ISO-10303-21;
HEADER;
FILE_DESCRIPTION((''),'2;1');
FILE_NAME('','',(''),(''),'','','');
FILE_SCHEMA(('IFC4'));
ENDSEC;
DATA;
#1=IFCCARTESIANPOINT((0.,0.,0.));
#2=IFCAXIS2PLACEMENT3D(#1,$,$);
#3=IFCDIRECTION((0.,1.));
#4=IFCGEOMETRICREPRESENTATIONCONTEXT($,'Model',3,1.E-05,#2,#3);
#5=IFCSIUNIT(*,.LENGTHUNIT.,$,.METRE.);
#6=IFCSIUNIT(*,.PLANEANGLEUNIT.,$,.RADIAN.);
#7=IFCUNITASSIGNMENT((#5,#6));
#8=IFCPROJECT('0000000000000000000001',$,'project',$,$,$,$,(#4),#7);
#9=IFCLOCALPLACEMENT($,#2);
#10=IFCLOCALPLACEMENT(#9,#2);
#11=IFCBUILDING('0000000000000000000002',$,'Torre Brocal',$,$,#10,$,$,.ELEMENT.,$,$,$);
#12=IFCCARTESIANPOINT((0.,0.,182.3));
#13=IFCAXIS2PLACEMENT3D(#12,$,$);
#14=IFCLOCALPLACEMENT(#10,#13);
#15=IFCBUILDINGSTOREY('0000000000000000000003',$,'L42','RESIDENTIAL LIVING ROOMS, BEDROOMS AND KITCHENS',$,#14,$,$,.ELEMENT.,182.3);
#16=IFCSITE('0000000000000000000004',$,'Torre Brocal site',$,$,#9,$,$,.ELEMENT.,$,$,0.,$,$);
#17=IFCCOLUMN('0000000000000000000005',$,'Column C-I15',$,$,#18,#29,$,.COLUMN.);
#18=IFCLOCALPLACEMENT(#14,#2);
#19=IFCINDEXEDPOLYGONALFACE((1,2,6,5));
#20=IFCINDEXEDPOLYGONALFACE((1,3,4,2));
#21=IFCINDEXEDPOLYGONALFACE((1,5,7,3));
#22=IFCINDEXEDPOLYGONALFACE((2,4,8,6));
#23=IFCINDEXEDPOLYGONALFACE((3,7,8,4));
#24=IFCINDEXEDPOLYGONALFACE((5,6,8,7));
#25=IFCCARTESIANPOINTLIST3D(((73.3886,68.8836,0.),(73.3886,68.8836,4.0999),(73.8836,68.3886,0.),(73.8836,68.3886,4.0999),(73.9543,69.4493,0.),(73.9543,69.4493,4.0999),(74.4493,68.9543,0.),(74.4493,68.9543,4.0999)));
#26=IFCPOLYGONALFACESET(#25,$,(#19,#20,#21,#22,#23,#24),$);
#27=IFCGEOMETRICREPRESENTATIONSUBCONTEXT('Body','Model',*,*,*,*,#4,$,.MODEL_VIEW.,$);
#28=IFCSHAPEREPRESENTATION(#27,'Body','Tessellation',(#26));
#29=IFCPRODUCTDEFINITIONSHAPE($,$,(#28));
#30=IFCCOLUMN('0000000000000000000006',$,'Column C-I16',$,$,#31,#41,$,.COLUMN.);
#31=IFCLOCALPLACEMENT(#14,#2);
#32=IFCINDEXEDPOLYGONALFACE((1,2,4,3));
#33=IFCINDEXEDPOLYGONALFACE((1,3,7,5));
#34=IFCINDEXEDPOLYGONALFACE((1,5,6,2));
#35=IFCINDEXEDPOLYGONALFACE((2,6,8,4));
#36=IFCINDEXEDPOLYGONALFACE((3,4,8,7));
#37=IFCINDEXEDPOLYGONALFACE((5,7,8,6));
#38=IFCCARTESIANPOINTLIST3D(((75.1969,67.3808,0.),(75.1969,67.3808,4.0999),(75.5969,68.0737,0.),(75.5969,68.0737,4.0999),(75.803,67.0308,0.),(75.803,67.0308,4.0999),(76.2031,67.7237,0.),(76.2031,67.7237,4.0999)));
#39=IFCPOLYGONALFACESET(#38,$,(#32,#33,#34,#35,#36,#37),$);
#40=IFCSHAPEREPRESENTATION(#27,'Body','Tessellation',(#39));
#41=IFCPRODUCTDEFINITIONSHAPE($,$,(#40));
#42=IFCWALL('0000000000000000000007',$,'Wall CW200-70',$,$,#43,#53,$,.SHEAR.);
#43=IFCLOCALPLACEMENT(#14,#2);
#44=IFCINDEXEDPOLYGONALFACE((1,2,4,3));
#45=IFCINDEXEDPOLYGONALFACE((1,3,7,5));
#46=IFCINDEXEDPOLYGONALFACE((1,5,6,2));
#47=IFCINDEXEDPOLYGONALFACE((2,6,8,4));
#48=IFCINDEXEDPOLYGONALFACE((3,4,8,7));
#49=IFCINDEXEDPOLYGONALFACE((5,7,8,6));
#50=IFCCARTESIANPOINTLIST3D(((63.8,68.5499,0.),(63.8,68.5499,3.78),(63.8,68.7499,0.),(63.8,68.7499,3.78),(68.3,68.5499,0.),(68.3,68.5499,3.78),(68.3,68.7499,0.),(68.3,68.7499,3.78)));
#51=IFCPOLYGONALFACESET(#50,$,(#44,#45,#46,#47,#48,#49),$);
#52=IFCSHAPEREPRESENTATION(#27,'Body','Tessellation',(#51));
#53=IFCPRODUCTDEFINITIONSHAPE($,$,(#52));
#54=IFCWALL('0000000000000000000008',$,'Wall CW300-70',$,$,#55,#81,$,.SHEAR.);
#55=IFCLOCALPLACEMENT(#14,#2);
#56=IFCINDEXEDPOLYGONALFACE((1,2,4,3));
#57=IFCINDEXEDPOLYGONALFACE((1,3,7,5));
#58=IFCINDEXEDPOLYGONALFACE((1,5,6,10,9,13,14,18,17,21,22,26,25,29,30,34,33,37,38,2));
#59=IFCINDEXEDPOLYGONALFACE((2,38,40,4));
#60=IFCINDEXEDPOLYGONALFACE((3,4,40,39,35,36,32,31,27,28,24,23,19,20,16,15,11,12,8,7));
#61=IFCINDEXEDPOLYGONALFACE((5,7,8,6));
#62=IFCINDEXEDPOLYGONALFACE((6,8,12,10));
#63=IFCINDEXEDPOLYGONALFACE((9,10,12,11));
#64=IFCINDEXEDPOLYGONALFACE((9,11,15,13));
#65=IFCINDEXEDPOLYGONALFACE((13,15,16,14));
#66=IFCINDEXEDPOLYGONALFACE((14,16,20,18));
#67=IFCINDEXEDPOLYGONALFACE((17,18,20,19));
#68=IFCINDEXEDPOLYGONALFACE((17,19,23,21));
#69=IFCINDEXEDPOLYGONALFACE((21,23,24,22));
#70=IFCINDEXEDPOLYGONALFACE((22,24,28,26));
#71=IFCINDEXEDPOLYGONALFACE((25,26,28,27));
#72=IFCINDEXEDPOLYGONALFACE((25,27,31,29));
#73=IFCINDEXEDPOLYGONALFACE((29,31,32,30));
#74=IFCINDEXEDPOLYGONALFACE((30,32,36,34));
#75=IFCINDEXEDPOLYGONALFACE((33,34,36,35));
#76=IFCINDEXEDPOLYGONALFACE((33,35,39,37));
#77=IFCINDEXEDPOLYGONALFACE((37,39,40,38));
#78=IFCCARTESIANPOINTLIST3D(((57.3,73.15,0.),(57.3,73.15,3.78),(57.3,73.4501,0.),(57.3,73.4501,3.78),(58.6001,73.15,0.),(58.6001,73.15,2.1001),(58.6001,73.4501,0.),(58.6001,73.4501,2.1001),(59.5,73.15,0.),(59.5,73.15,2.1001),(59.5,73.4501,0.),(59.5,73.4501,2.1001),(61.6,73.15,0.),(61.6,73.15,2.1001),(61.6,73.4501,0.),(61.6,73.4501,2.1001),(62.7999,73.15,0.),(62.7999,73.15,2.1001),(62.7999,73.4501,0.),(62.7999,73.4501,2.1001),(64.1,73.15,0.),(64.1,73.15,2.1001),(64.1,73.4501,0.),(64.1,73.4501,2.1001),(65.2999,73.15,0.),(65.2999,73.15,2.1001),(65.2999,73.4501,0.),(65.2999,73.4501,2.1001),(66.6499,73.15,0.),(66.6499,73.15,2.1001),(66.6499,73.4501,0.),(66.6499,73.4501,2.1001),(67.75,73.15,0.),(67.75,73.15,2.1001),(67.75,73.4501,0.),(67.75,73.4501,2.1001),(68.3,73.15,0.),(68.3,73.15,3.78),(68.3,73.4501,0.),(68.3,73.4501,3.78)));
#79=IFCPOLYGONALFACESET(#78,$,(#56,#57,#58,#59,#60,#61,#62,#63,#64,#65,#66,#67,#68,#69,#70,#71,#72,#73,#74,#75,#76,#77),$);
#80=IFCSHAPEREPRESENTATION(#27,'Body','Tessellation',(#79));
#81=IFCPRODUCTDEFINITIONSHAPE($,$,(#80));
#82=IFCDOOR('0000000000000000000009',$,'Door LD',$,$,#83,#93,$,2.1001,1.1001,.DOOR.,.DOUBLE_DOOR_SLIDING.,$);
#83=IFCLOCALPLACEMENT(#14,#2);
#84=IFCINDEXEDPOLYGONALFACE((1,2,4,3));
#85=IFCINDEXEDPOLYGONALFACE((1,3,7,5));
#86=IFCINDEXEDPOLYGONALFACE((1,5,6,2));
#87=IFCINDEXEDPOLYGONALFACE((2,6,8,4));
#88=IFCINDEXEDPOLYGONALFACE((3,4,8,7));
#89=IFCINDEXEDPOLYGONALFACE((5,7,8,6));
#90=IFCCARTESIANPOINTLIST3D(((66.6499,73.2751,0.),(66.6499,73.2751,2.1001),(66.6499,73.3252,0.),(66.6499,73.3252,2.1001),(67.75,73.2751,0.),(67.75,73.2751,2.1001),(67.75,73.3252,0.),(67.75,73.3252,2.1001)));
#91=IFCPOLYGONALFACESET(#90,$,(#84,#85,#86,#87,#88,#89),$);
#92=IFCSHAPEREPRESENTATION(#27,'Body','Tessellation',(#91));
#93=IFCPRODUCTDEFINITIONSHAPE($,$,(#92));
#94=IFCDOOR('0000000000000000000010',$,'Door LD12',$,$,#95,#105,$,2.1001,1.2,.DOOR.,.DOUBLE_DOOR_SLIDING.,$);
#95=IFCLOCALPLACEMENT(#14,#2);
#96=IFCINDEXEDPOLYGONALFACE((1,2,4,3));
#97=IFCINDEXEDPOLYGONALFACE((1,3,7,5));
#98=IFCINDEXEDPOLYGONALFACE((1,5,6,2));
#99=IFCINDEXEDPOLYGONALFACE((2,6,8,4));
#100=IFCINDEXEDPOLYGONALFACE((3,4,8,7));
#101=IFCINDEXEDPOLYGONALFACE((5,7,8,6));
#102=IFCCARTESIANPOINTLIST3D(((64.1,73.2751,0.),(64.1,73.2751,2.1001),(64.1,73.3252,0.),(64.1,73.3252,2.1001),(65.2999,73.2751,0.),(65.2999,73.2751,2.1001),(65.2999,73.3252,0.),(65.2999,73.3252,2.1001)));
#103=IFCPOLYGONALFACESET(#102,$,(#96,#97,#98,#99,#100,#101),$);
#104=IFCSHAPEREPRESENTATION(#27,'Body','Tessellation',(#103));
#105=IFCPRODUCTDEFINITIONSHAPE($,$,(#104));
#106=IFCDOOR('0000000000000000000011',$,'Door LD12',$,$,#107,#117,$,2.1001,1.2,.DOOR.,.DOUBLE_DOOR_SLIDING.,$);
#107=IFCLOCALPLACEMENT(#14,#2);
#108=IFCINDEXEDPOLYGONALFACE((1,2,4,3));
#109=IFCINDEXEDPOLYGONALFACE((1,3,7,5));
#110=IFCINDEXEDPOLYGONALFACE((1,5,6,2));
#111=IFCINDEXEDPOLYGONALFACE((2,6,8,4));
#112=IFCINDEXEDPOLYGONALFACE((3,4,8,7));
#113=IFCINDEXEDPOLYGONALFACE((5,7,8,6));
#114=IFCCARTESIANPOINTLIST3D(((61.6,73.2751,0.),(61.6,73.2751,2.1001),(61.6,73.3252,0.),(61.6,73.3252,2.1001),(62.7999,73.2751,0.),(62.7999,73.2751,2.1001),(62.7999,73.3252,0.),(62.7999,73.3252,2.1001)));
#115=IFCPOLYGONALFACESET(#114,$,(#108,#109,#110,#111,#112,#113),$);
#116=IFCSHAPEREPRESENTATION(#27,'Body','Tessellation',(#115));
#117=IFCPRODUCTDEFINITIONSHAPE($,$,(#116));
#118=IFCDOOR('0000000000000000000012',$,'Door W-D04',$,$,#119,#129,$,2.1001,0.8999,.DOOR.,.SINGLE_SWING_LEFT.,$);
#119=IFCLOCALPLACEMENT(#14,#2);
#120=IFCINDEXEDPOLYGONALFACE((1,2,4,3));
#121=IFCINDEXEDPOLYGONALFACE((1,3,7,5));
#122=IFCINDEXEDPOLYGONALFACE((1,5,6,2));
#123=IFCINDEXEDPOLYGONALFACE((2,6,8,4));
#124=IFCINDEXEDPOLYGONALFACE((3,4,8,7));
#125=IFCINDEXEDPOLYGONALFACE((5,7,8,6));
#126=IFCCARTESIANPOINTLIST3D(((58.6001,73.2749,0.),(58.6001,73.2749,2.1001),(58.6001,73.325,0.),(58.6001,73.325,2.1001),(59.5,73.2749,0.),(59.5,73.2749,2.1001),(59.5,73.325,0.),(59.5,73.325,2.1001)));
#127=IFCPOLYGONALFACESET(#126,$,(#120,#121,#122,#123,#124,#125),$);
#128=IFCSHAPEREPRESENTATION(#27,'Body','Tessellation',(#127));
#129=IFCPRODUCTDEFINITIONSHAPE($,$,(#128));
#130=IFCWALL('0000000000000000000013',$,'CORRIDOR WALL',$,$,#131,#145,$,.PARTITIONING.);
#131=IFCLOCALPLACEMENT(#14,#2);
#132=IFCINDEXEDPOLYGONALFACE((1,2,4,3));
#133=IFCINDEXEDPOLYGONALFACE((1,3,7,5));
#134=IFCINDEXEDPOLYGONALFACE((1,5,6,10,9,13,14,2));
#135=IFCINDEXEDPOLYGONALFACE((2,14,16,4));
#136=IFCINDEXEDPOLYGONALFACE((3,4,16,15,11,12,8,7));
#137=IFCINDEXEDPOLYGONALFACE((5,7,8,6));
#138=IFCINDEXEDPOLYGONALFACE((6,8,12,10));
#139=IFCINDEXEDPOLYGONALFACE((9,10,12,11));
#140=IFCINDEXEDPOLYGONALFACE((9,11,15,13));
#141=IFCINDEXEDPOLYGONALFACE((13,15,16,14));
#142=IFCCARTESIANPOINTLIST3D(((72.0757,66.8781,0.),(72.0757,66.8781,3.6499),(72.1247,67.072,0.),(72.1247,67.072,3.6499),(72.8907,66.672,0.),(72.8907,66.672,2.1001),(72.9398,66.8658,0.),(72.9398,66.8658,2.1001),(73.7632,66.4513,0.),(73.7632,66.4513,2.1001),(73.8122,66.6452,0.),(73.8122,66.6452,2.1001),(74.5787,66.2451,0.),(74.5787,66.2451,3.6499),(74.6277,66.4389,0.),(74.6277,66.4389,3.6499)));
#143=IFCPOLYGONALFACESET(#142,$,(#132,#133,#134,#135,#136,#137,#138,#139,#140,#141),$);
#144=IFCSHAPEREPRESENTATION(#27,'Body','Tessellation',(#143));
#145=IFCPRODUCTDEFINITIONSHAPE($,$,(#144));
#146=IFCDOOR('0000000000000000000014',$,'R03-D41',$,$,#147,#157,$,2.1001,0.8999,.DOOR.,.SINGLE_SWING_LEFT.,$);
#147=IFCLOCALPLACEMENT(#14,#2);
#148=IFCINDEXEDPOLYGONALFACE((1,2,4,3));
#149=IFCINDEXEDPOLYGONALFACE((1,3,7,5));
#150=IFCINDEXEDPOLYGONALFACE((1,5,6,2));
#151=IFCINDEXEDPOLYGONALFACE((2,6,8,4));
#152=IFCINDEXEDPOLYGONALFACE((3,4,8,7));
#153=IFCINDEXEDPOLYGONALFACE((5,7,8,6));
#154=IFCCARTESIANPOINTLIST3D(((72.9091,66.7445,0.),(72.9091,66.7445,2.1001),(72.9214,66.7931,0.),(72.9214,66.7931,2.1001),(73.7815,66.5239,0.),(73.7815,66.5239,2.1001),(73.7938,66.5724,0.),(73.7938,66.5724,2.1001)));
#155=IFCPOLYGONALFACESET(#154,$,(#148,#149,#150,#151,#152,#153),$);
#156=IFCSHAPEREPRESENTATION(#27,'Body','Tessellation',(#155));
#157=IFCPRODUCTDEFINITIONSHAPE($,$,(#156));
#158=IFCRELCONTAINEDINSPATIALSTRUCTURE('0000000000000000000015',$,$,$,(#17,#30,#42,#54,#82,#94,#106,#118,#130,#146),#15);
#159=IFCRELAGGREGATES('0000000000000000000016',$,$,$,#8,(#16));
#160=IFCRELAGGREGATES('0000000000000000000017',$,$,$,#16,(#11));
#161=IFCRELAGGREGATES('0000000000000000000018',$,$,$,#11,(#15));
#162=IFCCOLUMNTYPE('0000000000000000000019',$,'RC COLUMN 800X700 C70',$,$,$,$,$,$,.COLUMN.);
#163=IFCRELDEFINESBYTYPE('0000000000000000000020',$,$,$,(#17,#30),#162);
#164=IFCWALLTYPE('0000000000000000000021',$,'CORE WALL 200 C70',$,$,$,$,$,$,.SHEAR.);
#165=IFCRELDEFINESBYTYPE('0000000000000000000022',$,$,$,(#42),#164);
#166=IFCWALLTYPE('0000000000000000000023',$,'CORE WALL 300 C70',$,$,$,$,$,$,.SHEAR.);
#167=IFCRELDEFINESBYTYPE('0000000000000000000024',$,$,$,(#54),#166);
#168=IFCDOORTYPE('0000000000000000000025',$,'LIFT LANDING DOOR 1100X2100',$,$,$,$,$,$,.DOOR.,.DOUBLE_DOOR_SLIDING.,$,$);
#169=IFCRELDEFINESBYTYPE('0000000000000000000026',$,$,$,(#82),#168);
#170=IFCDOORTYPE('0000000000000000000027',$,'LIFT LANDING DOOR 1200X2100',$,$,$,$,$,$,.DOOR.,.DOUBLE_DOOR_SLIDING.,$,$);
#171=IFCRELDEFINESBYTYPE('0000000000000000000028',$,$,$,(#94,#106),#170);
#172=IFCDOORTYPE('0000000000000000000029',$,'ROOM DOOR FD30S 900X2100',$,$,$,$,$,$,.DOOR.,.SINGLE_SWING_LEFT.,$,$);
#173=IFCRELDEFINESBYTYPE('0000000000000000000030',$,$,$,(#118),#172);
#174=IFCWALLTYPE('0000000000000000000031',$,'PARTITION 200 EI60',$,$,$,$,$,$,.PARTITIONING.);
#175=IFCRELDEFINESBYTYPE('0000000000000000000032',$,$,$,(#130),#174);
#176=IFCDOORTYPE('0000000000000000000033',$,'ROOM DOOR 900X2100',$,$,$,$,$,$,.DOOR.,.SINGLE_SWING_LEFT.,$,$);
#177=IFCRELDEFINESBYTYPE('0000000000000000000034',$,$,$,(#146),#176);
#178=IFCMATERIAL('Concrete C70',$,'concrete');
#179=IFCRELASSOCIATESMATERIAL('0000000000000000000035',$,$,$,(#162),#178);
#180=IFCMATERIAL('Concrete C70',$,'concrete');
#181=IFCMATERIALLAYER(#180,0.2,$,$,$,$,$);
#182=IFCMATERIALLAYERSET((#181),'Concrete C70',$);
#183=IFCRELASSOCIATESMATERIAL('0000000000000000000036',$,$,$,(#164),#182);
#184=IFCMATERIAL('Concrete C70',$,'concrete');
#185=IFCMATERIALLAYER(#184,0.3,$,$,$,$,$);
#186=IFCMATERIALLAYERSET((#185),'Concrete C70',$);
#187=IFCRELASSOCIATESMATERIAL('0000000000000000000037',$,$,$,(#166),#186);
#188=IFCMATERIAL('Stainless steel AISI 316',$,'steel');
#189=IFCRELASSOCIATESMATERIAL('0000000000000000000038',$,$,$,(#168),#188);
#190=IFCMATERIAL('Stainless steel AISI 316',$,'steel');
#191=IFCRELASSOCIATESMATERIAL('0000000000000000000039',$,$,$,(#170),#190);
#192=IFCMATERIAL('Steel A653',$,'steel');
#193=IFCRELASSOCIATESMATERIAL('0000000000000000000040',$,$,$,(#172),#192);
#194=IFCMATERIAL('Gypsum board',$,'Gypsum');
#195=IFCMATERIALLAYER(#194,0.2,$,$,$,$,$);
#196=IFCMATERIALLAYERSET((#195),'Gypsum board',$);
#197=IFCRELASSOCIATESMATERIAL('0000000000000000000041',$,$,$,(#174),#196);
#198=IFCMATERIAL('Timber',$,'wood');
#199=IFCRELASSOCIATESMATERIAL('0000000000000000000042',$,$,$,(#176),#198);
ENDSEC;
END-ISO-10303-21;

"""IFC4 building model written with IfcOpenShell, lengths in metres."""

from ifc_helpers import new_model, si_unit, direction, frame, frame_2d, origin, origin_2d, place, context, subcontext, project, spatial, rectangle, extrude, material, layer, layer_set, material_profile, profile_set, type_object, element, fill, save


model = new_model("IFC4")

# Units and contexts
model_context = context("Model", 3, precision=1e-05, world=origin(), true_north=direction((0.0, 1.0)))
body_context = subcontext(model_context, "Body", "Model", "MODEL_VIEW")
ifc_project = project(units=[si_unit("LENGTHUNIT", "METRE"), si_unit("PLANEANGLEUNIT", "RADIAN")], contexts=[model_context])

# Site, building, storey
site_placement = place(None, origin())
site = spatial("IfcSite", under=ifc_project, at=site_placement, Name="Torre Brocal site", CompositionType="ELEMENT", RefElevation=0.0)
building_placement = place(site_placement, origin())
building = spatial("IfcBuilding", under=site, at=building_placement, Name="Torre Brocal", CompositionType="ELEMENT")
storey_placement = place(building_placement, frame((0.0, 0.0, 182.3)))
storey = spatial("IfcBuildingStorey", under=building, at=storey_placement, Name="L42", Description="RESIDENTIAL LIVING ROOMS, BEDROOMS AND KITCHENS", CompositionType="ELEMENT", Elevation=182.3)

# Columns
ifc_material_1 = material(Name="Concrete C70", Category="concrete")
ifc_material_profile = material_profile(ifc_material_1, rectangle(XDim=0.8, YDim=0.7, at=origin_2d()), Name="RC 800X700")
ifc_profile_set = profile_set([ifc_material_profile], Name="Concrete C70")
column_type = type_object("IfcColumnType", Name="RC COLUMN 800X700 C70", PredefinedType="COLUMN", material=ifc_profile_set)
for number, where, z_axis, x_axis, name in (
    (1, (73.9189, 68.9189, 0.0), (0.0, 0.0, 1.0), (-0.707107, -0.707107, 0.0), "Column C-I15"),
    (2, (75.7, 67.5522, 0.0), (0.0, 0.0, 1.0), (-0.5, -0.866025, 0.0), "Column C-I16"),
):
    element("IfcColumn", number, at=place(storey_placement, frame(where, z_axis=z_axis, x_axis=x_axis)), inside=storey, type_object=column_type, Name=name, PredefinedType="COLUMN", context=body_context, shape_type="SweptSolid", body=[
        extrude(rectangle(XDim=0.8, YDim=0.7, at=origin_2d()), origin(), (0.0, 0.0, 1.0), 4.0999),
    ])

# Wall
ifc_material_2 = material(Name="Concrete C70", Category="concrete")
ifc_layer_1 = layer(ifc_material_2, 0.2)
ifc_layer_set_1 = layer_set([ifc_layer_1], Name="Concrete C70")
wall_type_1 = type_object("IfcWallType", Name="CORE WALL 200 C70", PredefinedType="SHEAR", material=ifc_layer_set_1)
wall_1_placement = place(storey_placement, frame((68.3, 68.6499, 0.0), z_axis=(0.0, 0.0, 1.0), x_axis=(-1.0, 0.0, 0.0)))
element("IfcWall", 3, at=wall_1_placement, inside=storey, type_object=wall_type_1, Name="Wall CW200-70", PredefinedType="SHEAR", context=body_context, shape_type="SweptSolid", body=[
    extrude(rectangle(XDim=4.5, YDim=0.2, at=frame_2d((2.25, 0.0))), origin(), (0.0, 0.0, 1.0), 3.78),
])

# Wall, openings, doors
ifc_material_3 = material(Name="Concrete C70", Category="concrete")
ifc_layer_2 = layer(ifc_material_3, 0.3)
ifc_layer_set_2 = layer_set([ifc_layer_2], Name="Concrete C70")
wall_type_2 = type_object("IfcWallType", Name="CORE WALL 300 C70", PredefinedType="SHEAR", material=ifc_layer_set_2)
wall_2_placement = place(storey_placement, frame((68.3, 73.3, 0.0), z_axis=(0.0, 0.0, 1.0), x_axis=(-1.0, 0.0, 0.0)))
wall_2 = element("IfcWall", 4, at=wall_2_placement, inside=storey, type_object=wall_type_2, Name="Wall CW300-70", PredefinedType="SHEAR", context=body_context, shape_type="SweptSolid", body=[
    extrude(rectangle(XDim=11.0, YDim=0.3, at=frame_2d((5.5, 0.0))), origin(), (0.0, 0.0, 1.0), 3.78),
])
opening_1_placement = place(wall_2_placement, frame((0.55, 0.0, 0.0)))
opening_1 = element("IfcOpeningElement", 5, at=opening_1_placement, cuts=wall_2, PredefinedType="OPENING", context=body_context, shape_type="SweptSolid", body=[
    extrude(rectangle(XDim=1.1001, YDim=2.1001, at=frame_2d((0.55, 1.05))), frame((0.0, 0.1599, 0.0), z_axis=(0.0, -1.0, 0.0), x_axis=(1.0, 0.0, 0.0)), (0.0, 0.0, 1.0), 0.3201),
])
opening_2_placement = place(wall_2_placement, frame((3.0, 0.0, 0.0)))
opening_2 = element("IfcOpeningElement", 6, at=opening_2_placement, cuts=wall_2, PredefinedType="OPENING", context=body_context, shape_type="SweptSolid", body=[
    extrude(rectangle(XDim=1.2, YDim=2.1001, at=frame_2d((0.6001, 1.05))), frame((0.0, 0.1599, 0.0), z_axis=(0.0, -1.0, 0.0), x_axis=(1.0, 0.0, 0.0)), (0.0, 0.0, 1.0), 0.3201),
])
opening_3_placement = place(wall_2_placement, frame((5.5, 0.0, 0.0)))
opening_3 = element("IfcOpeningElement", 7, at=opening_3_placement, cuts=wall_2, PredefinedType="OPENING", context=body_context, shape_type="SweptSolid", body=[
    extrude(rectangle(XDim=1.2, YDim=2.1001, at=frame_2d((0.6001, 1.05))), frame((0.0, 0.1599, 0.0), z_axis=(0.0, -1.0, 0.0), x_axis=(1.0, 0.0, 0.0)), (0.0, 0.0, 1.0), 0.3201),
])
opening_4_placement = place(wall_2_placement, frame((8.8, 0.0, 0.0)))
opening_4 = element("IfcOpeningElement", 8, at=opening_4_placement, cuts=wall_2, PredefinedType="OPENING", context=body_context, shape_type="SweptSolid", body=[
    extrude(rectangle(XDim=0.8999, YDim=2.1001, at=frame_2d((0.45, 1.05))), frame((0.0, 0.1599, 0.0), z_axis=(0.0, -1.0, 0.0), x_axis=(1.0, 0.0, 0.0)), (0.0, 0.0, 1.0), 0.3201),
])
ifc_material_4 = material(Name="Stainless steel AISI 316", Category="steel")
door_type_1 = type_object("IfcDoorType", Name="LIFT LANDING DOOR 1100X2100", OperationType="DOUBLE_DOOR_SLIDING", PredefinedType="DOOR", material=ifc_material_4)
door_1_placement = place(opening_1_placement, origin())
door_1 = element("IfcDoor", 9, at=door_1_placement, inside=storey, type_object=door_type_1, Name="Door LD", OperationType="DOUBLE_DOOR_SLIDING", OverallHeight=2.1001, OverallWidth=1.1001, PredefinedType="DOOR", context=body_context, shape_type="SweptSolid", body=[
    extrude(rectangle(XDim=1.1001, YDim=2.1001, at=frame_2d((0.55, 1.05))), frame((0.0, 0.0249, 0.0), z_axis=(0.0, -1.0, 0.0), x_axis=(1.0, 0.0, 0.0)), (0.0, 0.0, 1.0), 0.05),
])
fill(opening_1, door_1)
ifc_material_5 = material(Name="Stainless steel AISI 316", Category="steel")
door_type_2 = type_object("IfcDoorType", Name="LIFT LANDING DOOR 1200X2100", OperationType="DOUBLE_DOOR_SLIDING", PredefinedType="DOOR", material=ifc_material_5)
door_2_placement = place(opening_2_placement, origin())
door_2 = element("IfcDoor", 10, at=door_2_placement, inside=storey, type_object=door_type_2, Name="Door LD12", OperationType="DOUBLE_DOOR_SLIDING", OverallHeight=2.1001, OverallWidth=1.2, PredefinedType="DOOR", context=body_context, shape_type="SweptSolid", body=[
    extrude(rectangle(XDim=1.2, YDim=2.1001, at=frame_2d((0.6001, 1.05))), frame((0.0, 0.0249, 0.0), z_axis=(0.0, -1.0, 0.0), x_axis=(1.0, 0.0, 0.0)), (0.0, 0.0, 1.0), 0.05),
])
fill(opening_2, door_2)
door_3_placement = place(opening_3_placement, origin())
door_3 = element("IfcDoor", 11, at=door_3_placement, inside=storey, type_object=door_type_2, Name="Door LD12", OperationType="DOUBLE_DOOR_SLIDING", OverallHeight=2.1001, OverallWidth=1.2, PredefinedType="DOOR", context=body_context, shape_type="SweptSolid", body=[
    extrude(rectangle(XDim=1.2, YDim=2.1001, at=frame_2d((0.6001, 1.05))), frame((0.0, 0.0249, 0.0), z_axis=(0.0, -1.0, 0.0), x_axis=(1.0, 0.0, 0.0)), (0.0, 0.0, 1.0), 0.05),
])
fill(opening_3, door_3)
ifc_material_6 = material(Name="Steel A653", Category="steel")
door_type_3 = type_object("IfcDoorType", Name="ROOM DOOR FD30S 900X2100", OperationType="SINGLE_SWING_LEFT", PredefinedType="DOOR", material=ifc_material_6)
door_4_placement = place(opening_4_placement, frame((0.8999, 0.0, 0.0), z_axis=(0.0, 0.0, 1.0), x_axis=(-1.0, 0.0, 0.0)))
door_4 = element("IfcDoor", 12, at=door_4_placement, inside=storey, type_object=door_type_3, Name="Door W-D04", OperationType="SINGLE_SWING_LEFT", OverallHeight=2.1001, OverallWidth=0.8999, PredefinedType="DOOR", context=body_context, shape_type="SweptSolid", body=[
    extrude(rectangle(XDim=0.8999, YDim=2.1001, at=frame_2d((0.45, 1.05))), frame((0.0, 0.0249, 0.0), z_axis=(0.0, -1.0, 0.0), x_axis=(1.0, 0.0, 0.0)), (0.0, 0.0, 1.0), 0.05),
])
fill(opening_4, door_4)

# Wall, opening, door
ifc_material_7 = material(Name="Gypsum board", Category="Gypsum")
ifc_layer_3 = layer(ifc_material_7, 0.2)
ifc_layer_set_3 = layer_set([ifc_layer_3], Name="Gypsum board")
wall_type_3 = type_object("IfcWallType", Name="PARTITION 200 EI60", PredefinedType="PARTITIONING", material=ifc_layer_set_3)
wall_3_placement = place(storey_placement, frame((72.1001, 66.9751, 0.0), z_axis=(0.0, 0.0, 1.0), x_axis=(0.969471, -0.245205, 0.0)))
wall_3 = element("IfcWall", 13, at=wall_3_placement, inside=storey, type_object=wall_type_3, Name="CORRIDOR WALL", PredefinedType="PARTITIONING", context=body_context, shape_type="SweptSolid", body=[
    extrude(rectangle(XDim=2.5818, YDim=0.2, at=frame_2d((1.291, 0.0))), origin(), (0.0, 0.0, 1.0), 3.6499),
])
opening_5_placement = place(wall_3_placement, frame((0.8408, 0.0, 0.0)))
opening_5 = element("IfcOpeningElement", 14, at=opening_5_placement, cuts=wall_3, PredefinedType="OPENING", context=body_context, shape_type="SweptSolid", body=[
    extrude(rectangle(XDim=0.8999, YDim=2.1001, at=frame_2d((0.45, 1.05))), frame((0.0, 0.1099, 0.0), z_axis=(0.0, -1.0, 0.0), x_axis=(1.0, 0.0, 0.0)), (0.0, 0.0, 1.0), 0.22),
])
ifc_material_8 = material(Name="Timber", Category="wood")
door_type_4 = type_object("IfcDoorType", Name="ROOM DOOR 900X2100", OperationType="SINGLE_SWING_LEFT", PredefinedType="DOOR", material=ifc_material_8)
door_5_placement = place(opening_5_placement, origin())
door_5 = element("IfcDoor", 15, at=door_5_placement, inside=storey, type_object=door_type_4, Name="R03-D41", OperationType="SINGLE_SWING_LEFT", OverallHeight=2.1001, OverallWidth=0.8999, PredefinedType="DOOR", context=body_context, shape_type="SweptSolid", body=[
    extrude(rectangle(XDim=0.8999, YDim=2.1001, at=frame_2d((0.45, 1.05))), frame((0.0, 0.0249, 0.0), z_axis=(0.0, -1.0, 0.0), x_axis=(1.0, 0.0, 0.0)), (0.0, 0.0, 1.0), 0.05),
])
fill(opening_5, door_5)

save(model, "model.ifc")
